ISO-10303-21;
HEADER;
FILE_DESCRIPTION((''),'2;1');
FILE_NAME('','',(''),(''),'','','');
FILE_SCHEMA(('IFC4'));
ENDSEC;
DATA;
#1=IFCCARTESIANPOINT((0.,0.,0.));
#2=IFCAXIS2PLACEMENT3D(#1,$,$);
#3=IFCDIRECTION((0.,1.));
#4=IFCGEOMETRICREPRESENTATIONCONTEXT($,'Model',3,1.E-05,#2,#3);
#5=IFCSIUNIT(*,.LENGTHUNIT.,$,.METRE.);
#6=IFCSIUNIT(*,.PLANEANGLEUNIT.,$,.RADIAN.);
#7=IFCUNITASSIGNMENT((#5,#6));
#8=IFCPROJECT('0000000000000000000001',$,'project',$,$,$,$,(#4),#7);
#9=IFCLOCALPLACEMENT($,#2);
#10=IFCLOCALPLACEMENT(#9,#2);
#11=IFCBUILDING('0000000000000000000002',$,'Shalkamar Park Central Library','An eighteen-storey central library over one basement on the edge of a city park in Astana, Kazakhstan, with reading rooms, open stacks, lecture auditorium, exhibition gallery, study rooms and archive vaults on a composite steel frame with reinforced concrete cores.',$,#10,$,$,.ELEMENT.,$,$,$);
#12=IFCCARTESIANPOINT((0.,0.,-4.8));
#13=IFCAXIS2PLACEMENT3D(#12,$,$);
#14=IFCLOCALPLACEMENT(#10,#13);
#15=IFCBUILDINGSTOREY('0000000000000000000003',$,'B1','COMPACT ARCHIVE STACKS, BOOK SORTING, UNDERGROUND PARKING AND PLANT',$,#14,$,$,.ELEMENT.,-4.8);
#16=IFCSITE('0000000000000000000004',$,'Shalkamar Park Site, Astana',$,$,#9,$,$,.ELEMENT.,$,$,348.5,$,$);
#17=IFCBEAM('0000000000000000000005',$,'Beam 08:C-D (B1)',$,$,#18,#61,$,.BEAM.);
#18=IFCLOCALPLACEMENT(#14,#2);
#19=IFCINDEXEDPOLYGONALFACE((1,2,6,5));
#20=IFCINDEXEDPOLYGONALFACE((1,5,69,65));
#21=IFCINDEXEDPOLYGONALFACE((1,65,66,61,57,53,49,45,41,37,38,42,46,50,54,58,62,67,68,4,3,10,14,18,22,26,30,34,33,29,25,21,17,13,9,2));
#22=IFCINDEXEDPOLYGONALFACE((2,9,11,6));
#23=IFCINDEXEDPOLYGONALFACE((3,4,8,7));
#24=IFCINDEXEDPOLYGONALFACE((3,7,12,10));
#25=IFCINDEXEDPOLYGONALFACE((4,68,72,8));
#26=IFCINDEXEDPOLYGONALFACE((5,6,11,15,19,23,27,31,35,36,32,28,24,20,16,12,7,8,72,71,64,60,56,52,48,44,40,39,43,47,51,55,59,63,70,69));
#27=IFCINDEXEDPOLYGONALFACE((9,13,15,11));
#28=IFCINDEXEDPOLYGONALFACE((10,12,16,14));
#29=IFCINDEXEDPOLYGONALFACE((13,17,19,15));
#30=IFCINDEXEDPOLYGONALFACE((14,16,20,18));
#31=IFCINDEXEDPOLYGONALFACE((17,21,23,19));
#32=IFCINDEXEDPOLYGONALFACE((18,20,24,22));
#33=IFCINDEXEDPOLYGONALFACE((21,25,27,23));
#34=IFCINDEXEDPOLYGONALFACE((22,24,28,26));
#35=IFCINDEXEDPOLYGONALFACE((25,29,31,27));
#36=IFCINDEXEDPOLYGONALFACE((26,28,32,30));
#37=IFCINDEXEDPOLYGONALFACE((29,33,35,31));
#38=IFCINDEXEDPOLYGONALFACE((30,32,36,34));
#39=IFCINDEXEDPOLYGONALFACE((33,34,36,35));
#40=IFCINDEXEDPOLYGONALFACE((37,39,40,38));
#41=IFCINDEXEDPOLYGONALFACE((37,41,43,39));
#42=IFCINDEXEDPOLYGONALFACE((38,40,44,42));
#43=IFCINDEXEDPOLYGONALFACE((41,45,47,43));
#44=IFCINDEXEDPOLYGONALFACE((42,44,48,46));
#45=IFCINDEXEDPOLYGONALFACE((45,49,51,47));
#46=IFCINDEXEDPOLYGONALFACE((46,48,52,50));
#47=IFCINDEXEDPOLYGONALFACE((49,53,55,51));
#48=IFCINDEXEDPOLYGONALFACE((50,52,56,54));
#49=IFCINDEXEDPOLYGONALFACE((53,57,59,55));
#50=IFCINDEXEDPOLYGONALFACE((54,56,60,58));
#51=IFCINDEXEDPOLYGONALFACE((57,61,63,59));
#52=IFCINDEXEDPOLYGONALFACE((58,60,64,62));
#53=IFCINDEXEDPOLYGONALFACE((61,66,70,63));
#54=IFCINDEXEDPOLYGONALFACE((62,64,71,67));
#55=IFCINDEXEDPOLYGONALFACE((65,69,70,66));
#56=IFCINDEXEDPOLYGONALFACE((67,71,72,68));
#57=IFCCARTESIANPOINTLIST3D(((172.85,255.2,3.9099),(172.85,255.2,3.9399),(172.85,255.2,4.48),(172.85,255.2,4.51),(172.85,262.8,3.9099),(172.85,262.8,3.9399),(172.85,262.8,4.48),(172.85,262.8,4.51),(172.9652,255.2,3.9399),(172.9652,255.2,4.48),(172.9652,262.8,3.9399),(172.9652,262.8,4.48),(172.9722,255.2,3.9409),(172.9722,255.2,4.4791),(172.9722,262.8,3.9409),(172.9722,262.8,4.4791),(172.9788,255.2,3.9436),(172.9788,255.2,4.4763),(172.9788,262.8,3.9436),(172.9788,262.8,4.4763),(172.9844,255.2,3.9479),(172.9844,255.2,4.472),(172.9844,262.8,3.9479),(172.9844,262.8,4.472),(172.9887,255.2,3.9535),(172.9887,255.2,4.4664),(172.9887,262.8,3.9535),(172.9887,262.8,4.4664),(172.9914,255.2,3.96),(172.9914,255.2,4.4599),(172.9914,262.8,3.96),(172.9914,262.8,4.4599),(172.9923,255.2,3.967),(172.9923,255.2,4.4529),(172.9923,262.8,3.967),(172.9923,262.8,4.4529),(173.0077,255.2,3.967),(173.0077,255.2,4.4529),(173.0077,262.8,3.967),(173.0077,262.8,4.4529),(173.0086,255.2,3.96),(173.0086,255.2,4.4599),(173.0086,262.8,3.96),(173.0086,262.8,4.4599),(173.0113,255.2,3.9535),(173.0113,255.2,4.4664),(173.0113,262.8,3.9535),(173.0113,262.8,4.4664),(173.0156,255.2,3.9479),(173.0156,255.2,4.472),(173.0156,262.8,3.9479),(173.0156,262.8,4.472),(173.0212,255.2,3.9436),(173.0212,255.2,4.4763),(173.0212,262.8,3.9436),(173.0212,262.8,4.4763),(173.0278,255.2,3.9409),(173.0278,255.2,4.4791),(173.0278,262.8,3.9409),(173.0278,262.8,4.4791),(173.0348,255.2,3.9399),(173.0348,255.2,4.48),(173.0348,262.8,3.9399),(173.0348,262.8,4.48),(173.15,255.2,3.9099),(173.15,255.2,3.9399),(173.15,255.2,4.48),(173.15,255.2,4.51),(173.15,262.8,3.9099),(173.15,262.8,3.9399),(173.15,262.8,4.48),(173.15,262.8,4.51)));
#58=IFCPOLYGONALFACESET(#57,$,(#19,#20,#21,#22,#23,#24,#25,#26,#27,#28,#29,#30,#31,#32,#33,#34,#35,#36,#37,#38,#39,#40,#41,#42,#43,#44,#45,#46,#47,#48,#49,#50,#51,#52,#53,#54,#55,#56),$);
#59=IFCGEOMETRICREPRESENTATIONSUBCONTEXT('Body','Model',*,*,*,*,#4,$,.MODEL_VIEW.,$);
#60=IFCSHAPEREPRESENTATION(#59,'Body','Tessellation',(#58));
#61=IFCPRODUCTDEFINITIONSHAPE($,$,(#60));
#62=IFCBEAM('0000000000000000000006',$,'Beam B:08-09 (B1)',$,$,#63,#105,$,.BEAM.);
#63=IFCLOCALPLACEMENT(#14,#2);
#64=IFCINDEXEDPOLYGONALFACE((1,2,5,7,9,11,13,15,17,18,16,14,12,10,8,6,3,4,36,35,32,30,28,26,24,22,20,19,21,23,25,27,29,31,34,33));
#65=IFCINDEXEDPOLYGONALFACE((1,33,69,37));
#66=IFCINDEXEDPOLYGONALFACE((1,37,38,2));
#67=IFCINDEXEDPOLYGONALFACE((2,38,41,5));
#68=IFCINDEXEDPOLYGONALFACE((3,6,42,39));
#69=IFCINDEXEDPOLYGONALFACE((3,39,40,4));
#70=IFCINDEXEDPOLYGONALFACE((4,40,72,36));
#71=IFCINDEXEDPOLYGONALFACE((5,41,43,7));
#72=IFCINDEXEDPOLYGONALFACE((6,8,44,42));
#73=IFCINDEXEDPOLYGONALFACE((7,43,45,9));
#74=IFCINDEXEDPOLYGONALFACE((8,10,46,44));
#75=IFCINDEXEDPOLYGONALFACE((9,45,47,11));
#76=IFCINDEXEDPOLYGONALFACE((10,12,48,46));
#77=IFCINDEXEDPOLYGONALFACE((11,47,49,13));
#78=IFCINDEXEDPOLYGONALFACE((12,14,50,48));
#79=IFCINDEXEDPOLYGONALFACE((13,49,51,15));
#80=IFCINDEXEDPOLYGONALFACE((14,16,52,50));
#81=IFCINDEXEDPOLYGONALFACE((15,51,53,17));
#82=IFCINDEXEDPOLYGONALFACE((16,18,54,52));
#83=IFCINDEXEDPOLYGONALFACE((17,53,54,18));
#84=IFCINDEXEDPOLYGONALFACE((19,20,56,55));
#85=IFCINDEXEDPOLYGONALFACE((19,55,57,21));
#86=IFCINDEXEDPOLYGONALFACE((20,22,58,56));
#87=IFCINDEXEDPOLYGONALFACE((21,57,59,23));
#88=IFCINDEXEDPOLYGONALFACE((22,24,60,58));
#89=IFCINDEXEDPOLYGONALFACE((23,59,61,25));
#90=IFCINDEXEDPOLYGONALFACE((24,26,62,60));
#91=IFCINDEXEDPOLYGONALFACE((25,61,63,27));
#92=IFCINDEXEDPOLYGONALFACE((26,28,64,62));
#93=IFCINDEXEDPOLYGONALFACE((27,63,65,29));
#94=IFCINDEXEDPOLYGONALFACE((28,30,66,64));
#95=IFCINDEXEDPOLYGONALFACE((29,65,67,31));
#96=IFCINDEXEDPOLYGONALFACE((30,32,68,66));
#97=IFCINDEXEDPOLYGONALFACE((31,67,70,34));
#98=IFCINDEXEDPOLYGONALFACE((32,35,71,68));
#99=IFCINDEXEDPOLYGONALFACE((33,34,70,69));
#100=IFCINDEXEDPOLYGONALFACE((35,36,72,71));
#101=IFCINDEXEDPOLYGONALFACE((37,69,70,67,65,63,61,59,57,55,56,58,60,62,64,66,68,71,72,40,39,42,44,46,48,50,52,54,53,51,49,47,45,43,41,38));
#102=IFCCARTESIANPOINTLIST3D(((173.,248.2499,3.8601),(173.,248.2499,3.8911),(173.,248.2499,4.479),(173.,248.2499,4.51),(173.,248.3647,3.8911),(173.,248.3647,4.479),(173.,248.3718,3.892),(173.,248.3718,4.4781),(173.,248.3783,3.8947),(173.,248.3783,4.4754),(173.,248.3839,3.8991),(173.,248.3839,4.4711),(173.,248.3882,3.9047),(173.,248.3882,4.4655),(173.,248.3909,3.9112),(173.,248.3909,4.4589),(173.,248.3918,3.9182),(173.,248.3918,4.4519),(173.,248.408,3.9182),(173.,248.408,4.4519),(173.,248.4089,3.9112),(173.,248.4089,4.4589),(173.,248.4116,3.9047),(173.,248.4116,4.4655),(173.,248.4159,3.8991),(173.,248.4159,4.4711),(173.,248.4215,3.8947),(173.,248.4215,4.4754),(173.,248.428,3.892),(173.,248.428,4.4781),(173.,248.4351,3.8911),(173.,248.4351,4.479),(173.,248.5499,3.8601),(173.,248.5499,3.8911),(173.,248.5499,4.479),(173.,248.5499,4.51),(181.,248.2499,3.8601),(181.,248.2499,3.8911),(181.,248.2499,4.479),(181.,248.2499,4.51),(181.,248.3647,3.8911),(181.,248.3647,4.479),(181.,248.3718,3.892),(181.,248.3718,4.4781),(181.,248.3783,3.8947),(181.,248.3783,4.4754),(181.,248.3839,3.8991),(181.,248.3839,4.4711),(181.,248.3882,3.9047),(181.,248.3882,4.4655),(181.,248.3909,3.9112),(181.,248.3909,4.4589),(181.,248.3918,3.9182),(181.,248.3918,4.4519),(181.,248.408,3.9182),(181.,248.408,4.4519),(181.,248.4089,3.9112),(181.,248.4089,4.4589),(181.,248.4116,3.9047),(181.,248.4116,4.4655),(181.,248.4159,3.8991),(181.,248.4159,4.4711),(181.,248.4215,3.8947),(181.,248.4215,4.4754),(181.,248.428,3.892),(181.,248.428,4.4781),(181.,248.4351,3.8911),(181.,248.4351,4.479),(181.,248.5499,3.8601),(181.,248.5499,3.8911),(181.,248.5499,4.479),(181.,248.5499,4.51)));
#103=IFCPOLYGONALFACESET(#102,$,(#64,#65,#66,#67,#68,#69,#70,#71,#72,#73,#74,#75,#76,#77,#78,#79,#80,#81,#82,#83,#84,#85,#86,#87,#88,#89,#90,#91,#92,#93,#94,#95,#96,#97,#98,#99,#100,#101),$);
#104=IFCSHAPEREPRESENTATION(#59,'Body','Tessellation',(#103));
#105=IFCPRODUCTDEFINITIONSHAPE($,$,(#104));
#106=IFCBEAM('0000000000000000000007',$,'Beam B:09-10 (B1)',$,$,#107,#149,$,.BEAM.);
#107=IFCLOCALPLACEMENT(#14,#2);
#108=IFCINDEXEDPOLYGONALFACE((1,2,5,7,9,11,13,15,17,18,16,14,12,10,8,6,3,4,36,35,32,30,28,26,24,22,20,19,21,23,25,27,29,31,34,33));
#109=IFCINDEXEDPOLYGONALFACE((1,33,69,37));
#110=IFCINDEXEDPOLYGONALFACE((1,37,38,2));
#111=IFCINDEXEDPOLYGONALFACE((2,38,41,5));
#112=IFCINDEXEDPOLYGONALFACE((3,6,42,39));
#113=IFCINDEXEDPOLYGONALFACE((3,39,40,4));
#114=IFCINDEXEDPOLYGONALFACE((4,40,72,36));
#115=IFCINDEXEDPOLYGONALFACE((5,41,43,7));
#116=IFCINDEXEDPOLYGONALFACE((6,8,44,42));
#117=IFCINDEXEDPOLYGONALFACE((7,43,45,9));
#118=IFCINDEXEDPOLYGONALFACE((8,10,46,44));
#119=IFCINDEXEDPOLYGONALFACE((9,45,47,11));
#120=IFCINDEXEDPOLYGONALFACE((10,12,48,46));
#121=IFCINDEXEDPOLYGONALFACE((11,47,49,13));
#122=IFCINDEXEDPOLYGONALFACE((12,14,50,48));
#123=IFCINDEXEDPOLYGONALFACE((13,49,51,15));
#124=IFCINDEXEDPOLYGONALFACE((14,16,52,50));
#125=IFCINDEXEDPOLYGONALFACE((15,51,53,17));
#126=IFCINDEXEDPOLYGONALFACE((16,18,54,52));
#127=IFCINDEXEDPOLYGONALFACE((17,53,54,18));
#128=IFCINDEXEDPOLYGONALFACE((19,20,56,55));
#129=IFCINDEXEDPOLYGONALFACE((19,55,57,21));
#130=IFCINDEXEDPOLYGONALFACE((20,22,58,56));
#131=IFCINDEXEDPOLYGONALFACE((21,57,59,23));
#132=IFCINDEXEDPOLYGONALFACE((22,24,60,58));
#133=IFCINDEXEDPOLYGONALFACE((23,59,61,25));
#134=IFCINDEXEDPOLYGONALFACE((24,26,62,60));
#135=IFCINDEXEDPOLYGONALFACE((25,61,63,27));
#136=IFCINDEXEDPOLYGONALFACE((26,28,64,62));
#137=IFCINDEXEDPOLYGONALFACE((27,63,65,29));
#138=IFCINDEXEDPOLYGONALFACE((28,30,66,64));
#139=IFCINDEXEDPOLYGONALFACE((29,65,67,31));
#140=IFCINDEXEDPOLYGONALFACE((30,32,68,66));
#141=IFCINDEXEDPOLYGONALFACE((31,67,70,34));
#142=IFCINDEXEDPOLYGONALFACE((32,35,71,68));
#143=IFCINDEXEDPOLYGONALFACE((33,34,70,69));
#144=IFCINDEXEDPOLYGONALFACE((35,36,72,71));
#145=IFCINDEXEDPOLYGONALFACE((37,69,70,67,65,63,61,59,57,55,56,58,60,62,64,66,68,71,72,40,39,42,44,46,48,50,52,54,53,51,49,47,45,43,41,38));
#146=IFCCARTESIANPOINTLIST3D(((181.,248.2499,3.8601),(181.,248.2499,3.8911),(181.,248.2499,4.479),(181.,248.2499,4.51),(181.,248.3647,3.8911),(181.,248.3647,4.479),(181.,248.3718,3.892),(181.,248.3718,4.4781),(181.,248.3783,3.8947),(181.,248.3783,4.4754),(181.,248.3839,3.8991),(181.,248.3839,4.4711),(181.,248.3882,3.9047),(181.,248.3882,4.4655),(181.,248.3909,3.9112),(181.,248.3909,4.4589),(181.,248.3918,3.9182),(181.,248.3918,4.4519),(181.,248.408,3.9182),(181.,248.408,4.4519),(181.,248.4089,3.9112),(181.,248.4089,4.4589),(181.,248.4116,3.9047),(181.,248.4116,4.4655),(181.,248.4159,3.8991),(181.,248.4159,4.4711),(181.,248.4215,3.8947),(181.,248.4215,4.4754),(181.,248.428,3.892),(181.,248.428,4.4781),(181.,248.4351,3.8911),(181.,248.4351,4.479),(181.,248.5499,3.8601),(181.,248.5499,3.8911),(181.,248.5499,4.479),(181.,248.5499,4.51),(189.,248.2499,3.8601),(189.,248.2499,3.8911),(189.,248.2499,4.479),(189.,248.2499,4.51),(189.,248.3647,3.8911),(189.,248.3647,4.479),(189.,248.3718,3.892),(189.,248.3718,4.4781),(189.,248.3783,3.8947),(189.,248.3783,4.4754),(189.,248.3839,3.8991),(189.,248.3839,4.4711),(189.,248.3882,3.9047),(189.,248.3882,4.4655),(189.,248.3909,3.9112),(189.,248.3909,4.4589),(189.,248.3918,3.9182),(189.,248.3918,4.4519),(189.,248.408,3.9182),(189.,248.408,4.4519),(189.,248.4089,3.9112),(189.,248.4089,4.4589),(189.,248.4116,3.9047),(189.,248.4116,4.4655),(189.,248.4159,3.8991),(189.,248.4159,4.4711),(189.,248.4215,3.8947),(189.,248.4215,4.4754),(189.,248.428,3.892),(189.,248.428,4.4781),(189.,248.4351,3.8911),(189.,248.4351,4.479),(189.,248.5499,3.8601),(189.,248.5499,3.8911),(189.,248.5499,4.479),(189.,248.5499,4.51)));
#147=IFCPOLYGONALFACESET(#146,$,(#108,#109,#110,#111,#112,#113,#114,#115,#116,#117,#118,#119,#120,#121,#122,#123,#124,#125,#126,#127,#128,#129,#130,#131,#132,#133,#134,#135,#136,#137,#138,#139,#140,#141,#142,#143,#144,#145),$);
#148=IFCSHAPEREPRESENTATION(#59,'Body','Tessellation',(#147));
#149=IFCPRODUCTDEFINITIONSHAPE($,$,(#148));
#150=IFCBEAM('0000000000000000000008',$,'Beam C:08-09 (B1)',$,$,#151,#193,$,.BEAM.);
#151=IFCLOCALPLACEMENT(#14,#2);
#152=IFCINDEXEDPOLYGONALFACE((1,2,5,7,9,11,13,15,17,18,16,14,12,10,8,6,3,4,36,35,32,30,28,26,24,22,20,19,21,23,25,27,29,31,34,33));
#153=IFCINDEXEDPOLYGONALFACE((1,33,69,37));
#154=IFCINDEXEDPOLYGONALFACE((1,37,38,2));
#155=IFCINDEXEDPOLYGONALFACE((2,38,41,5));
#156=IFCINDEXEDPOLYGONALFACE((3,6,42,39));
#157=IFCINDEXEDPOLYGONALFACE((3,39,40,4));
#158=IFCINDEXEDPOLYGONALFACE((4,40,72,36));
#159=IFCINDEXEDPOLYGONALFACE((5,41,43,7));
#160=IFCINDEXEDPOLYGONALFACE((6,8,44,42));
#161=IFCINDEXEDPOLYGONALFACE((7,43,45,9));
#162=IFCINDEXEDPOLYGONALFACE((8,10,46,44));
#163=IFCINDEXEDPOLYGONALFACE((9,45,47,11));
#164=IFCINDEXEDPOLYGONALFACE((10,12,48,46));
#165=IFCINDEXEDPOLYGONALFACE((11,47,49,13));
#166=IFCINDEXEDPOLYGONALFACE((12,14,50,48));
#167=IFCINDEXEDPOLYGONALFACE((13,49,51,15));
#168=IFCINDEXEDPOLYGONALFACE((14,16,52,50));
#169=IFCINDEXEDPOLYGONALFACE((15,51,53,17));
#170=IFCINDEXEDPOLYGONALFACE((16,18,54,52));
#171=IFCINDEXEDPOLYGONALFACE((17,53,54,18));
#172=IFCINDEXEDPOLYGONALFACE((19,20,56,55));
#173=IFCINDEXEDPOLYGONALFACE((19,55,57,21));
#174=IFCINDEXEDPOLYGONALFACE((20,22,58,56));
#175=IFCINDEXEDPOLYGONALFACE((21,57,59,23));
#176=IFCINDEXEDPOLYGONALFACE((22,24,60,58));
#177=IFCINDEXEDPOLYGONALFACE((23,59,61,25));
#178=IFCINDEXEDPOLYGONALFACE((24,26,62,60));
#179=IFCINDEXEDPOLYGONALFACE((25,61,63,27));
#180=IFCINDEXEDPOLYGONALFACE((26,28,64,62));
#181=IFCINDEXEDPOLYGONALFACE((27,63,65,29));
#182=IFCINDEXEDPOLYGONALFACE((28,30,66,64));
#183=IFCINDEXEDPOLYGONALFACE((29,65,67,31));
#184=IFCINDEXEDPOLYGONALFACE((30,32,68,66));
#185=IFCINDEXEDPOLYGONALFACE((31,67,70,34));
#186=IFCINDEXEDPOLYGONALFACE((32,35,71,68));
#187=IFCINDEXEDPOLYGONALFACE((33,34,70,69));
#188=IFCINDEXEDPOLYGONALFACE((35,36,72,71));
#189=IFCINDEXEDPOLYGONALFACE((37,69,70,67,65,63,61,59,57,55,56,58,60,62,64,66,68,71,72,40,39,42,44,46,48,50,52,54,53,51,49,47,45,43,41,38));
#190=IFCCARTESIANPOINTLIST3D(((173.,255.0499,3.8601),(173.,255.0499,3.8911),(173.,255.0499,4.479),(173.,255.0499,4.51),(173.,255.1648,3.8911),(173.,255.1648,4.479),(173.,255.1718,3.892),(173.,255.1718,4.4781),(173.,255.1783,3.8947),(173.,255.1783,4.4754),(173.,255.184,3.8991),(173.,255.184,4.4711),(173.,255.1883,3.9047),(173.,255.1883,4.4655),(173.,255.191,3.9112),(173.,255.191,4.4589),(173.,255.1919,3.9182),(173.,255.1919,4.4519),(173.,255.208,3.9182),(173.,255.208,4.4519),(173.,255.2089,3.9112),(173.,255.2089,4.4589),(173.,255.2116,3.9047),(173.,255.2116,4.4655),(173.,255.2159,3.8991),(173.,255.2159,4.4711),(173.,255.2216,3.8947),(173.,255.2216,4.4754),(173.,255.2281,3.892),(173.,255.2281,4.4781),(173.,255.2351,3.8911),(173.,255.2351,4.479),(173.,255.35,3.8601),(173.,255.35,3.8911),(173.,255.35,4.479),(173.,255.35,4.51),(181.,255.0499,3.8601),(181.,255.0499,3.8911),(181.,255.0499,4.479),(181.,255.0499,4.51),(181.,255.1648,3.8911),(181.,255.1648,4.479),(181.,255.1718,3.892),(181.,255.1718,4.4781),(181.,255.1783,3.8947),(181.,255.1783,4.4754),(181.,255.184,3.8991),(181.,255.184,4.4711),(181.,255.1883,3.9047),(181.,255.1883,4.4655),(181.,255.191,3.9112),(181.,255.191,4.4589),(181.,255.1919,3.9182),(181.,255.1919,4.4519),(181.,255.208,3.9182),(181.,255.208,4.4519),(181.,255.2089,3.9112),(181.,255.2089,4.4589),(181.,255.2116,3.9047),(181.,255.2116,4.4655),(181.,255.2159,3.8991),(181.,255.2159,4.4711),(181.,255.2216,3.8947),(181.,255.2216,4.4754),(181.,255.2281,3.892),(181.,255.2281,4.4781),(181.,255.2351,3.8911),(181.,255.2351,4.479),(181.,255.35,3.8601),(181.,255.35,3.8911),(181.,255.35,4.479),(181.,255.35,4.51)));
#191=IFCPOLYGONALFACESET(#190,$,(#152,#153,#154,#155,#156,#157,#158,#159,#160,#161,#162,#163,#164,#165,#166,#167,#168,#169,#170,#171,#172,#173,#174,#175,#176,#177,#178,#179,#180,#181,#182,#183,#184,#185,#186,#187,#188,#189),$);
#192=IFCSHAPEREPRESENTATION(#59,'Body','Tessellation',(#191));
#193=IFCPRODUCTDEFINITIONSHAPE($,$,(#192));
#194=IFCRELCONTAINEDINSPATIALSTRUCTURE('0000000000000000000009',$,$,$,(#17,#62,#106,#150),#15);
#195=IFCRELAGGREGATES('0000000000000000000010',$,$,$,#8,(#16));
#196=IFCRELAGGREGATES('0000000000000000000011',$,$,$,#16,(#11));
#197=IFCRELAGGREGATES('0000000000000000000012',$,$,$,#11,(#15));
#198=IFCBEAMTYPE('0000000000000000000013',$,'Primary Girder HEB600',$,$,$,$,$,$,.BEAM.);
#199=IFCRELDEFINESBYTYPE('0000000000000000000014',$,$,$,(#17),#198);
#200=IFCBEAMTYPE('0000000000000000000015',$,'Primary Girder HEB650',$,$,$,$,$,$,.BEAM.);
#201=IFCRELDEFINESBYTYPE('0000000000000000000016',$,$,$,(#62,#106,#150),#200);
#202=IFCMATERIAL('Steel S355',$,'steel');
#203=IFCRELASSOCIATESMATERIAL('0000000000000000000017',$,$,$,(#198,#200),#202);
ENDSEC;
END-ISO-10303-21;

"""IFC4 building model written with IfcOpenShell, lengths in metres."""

from ifc_helpers import new_model, si_unit, direction, frame, origin, origin_2d, place, context, subcontext, project, spatial, i_section, extrude, material, material_profile, profile_set, type_object, element, save


model = new_model("IFC4")

# Units and contexts
model_context = context("Model", 3, precision=1e-05, world=origin(), true_north=direction((0.0, 1.0)))
body_context = subcontext(model_context, "Body", "Model", "MODEL_VIEW")
ifc_project = project(units=[si_unit("LENGTHUNIT", "METRE"), si_unit("PLANEANGLEUNIT", "RADIAN")], contexts=[model_context])

# Site, building, storey
site_placement = place(None, origin())
site = spatial("IfcSite", under=ifc_project, at=site_placement, Name="Shalkamar Park Site, Astana", CompositionType="ELEMENT", RefElevation=348.5)
building_placement = place(site_placement, origin())
building = spatial("IfcBuilding", under=site, at=building_placement, Name="Shalkamar Park Central Library", Description="An eighteen-storey central library over one basement on the edge of a city park in Astana, Kazakhstan, with reading rooms, open stacks, lecture auditorium, exhibition gallery, study rooms and archive vaults on a composite steel frame with reinforced concrete cores.", CompositionType="ELEMENT")
storey_placement = place(building_placement, frame((0.0, 0.0, -4.8)))
storey = spatial("IfcBuildingStorey", under=building, at=storey_placement, Name="B1", Description="COMPACT ARCHIVE STACKS, BOOK SORTING, UNDERGROUND PARKING AND PLANT", CompositionType="ELEMENT", Elevation=-4.8)

# Beams
ifc_material_1 = material(Name="Steel S355", Category="steel")
ifc_material_profile_1 = material_profile(ifc_material_1, i_section(OverallWidth=0.3, OverallDepth=0.6001, WebThickness=0.0154, FlangeThickness=0.03, FilletRadius=0.0271, at=origin_2d()), Name="HEB 600")
ifc_profile_set_1 = profile_set([ifc_material_profile_1], Name="Steel S355")
beam_type_1 = type_object("IfcBeamType", Name="Primary Girder HEB600", PredefinedType="BEAM", material=ifc_profile_set_1)
beam_1_placement = place(storey_placement, frame((173.0, 255.2, 4.21), z_axis=(0.0, 1.0, 0.0), x_axis=(-1.0, 0.0, 0.0)))
element("IfcBeam", 1, at=beam_1_placement, inside=storey, type_object=beam_type_1, Name="Beam 08:C-D (B1)", PredefinedType="BEAM", context=body_context, shape_type="SweptSolid", body=[
    extrude(i_section(OverallWidth=0.3, OverallDepth=0.6001, WebThickness=0.0154, FlangeThickness=0.03, FilletRadius=0.0271, at=origin_2d()), origin(), (0.0, 0.0, 1.0), 7.6001),
])
ifc_material_profile_2 = material_profile(ifc_material_1, i_section(OverallWidth=0.3, OverallDepth=0.6499, WebThickness=0.0161, FlangeThickness=0.031, FilletRadius=0.0271, at=origin_2d()), Name="HEB 650")
ifc_profile_set_2 = profile_set([ifc_material_profile_2], Name="Steel S355")
beam_type_2 = type_object("IfcBeamType", Name="Primary Girder HEB650", PredefinedType="BEAM", material=ifc_profile_set_2)
for number, where, z_axis, x_axis, name in (
    (2, (173.0, 248.3999, 4.1851), (1.0, 0.0, 0.0), (0.0, 1.0, 0.0), "Beam B:08-09 (B1)"),
    (3, (181.0, 248.3999, 4.1851), (1.0, 0.0, 0.0), (0.0, 1.0, 0.0), "Beam B:09-10 (B1)"),
    (4, (173.0, 255.2, 4.1851), (1.0, 0.0, 0.0), (0.0, 1.0, 0.0), "Beam C:08-09 (B1)"),
):
    element("IfcBeam", number, at=place(storey_placement, frame(where, z_axis=z_axis, x_axis=x_axis)), inside=storey, type_object=beam_type_2, Name=name, PredefinedType="BEAM", context=body_context, shape_type="SweptSolid", body=[
        extrude(i_section(OverallWidth=0.3, OverallDepth=0.6499, WebThickness=0.0161, FlangeThickness=0.031, FilletRadius=0.0271, at=origin_2d()), origin(), (0.0, 0.0, 1.0), 8.0),
    ])

save(model, "model.ifc")
